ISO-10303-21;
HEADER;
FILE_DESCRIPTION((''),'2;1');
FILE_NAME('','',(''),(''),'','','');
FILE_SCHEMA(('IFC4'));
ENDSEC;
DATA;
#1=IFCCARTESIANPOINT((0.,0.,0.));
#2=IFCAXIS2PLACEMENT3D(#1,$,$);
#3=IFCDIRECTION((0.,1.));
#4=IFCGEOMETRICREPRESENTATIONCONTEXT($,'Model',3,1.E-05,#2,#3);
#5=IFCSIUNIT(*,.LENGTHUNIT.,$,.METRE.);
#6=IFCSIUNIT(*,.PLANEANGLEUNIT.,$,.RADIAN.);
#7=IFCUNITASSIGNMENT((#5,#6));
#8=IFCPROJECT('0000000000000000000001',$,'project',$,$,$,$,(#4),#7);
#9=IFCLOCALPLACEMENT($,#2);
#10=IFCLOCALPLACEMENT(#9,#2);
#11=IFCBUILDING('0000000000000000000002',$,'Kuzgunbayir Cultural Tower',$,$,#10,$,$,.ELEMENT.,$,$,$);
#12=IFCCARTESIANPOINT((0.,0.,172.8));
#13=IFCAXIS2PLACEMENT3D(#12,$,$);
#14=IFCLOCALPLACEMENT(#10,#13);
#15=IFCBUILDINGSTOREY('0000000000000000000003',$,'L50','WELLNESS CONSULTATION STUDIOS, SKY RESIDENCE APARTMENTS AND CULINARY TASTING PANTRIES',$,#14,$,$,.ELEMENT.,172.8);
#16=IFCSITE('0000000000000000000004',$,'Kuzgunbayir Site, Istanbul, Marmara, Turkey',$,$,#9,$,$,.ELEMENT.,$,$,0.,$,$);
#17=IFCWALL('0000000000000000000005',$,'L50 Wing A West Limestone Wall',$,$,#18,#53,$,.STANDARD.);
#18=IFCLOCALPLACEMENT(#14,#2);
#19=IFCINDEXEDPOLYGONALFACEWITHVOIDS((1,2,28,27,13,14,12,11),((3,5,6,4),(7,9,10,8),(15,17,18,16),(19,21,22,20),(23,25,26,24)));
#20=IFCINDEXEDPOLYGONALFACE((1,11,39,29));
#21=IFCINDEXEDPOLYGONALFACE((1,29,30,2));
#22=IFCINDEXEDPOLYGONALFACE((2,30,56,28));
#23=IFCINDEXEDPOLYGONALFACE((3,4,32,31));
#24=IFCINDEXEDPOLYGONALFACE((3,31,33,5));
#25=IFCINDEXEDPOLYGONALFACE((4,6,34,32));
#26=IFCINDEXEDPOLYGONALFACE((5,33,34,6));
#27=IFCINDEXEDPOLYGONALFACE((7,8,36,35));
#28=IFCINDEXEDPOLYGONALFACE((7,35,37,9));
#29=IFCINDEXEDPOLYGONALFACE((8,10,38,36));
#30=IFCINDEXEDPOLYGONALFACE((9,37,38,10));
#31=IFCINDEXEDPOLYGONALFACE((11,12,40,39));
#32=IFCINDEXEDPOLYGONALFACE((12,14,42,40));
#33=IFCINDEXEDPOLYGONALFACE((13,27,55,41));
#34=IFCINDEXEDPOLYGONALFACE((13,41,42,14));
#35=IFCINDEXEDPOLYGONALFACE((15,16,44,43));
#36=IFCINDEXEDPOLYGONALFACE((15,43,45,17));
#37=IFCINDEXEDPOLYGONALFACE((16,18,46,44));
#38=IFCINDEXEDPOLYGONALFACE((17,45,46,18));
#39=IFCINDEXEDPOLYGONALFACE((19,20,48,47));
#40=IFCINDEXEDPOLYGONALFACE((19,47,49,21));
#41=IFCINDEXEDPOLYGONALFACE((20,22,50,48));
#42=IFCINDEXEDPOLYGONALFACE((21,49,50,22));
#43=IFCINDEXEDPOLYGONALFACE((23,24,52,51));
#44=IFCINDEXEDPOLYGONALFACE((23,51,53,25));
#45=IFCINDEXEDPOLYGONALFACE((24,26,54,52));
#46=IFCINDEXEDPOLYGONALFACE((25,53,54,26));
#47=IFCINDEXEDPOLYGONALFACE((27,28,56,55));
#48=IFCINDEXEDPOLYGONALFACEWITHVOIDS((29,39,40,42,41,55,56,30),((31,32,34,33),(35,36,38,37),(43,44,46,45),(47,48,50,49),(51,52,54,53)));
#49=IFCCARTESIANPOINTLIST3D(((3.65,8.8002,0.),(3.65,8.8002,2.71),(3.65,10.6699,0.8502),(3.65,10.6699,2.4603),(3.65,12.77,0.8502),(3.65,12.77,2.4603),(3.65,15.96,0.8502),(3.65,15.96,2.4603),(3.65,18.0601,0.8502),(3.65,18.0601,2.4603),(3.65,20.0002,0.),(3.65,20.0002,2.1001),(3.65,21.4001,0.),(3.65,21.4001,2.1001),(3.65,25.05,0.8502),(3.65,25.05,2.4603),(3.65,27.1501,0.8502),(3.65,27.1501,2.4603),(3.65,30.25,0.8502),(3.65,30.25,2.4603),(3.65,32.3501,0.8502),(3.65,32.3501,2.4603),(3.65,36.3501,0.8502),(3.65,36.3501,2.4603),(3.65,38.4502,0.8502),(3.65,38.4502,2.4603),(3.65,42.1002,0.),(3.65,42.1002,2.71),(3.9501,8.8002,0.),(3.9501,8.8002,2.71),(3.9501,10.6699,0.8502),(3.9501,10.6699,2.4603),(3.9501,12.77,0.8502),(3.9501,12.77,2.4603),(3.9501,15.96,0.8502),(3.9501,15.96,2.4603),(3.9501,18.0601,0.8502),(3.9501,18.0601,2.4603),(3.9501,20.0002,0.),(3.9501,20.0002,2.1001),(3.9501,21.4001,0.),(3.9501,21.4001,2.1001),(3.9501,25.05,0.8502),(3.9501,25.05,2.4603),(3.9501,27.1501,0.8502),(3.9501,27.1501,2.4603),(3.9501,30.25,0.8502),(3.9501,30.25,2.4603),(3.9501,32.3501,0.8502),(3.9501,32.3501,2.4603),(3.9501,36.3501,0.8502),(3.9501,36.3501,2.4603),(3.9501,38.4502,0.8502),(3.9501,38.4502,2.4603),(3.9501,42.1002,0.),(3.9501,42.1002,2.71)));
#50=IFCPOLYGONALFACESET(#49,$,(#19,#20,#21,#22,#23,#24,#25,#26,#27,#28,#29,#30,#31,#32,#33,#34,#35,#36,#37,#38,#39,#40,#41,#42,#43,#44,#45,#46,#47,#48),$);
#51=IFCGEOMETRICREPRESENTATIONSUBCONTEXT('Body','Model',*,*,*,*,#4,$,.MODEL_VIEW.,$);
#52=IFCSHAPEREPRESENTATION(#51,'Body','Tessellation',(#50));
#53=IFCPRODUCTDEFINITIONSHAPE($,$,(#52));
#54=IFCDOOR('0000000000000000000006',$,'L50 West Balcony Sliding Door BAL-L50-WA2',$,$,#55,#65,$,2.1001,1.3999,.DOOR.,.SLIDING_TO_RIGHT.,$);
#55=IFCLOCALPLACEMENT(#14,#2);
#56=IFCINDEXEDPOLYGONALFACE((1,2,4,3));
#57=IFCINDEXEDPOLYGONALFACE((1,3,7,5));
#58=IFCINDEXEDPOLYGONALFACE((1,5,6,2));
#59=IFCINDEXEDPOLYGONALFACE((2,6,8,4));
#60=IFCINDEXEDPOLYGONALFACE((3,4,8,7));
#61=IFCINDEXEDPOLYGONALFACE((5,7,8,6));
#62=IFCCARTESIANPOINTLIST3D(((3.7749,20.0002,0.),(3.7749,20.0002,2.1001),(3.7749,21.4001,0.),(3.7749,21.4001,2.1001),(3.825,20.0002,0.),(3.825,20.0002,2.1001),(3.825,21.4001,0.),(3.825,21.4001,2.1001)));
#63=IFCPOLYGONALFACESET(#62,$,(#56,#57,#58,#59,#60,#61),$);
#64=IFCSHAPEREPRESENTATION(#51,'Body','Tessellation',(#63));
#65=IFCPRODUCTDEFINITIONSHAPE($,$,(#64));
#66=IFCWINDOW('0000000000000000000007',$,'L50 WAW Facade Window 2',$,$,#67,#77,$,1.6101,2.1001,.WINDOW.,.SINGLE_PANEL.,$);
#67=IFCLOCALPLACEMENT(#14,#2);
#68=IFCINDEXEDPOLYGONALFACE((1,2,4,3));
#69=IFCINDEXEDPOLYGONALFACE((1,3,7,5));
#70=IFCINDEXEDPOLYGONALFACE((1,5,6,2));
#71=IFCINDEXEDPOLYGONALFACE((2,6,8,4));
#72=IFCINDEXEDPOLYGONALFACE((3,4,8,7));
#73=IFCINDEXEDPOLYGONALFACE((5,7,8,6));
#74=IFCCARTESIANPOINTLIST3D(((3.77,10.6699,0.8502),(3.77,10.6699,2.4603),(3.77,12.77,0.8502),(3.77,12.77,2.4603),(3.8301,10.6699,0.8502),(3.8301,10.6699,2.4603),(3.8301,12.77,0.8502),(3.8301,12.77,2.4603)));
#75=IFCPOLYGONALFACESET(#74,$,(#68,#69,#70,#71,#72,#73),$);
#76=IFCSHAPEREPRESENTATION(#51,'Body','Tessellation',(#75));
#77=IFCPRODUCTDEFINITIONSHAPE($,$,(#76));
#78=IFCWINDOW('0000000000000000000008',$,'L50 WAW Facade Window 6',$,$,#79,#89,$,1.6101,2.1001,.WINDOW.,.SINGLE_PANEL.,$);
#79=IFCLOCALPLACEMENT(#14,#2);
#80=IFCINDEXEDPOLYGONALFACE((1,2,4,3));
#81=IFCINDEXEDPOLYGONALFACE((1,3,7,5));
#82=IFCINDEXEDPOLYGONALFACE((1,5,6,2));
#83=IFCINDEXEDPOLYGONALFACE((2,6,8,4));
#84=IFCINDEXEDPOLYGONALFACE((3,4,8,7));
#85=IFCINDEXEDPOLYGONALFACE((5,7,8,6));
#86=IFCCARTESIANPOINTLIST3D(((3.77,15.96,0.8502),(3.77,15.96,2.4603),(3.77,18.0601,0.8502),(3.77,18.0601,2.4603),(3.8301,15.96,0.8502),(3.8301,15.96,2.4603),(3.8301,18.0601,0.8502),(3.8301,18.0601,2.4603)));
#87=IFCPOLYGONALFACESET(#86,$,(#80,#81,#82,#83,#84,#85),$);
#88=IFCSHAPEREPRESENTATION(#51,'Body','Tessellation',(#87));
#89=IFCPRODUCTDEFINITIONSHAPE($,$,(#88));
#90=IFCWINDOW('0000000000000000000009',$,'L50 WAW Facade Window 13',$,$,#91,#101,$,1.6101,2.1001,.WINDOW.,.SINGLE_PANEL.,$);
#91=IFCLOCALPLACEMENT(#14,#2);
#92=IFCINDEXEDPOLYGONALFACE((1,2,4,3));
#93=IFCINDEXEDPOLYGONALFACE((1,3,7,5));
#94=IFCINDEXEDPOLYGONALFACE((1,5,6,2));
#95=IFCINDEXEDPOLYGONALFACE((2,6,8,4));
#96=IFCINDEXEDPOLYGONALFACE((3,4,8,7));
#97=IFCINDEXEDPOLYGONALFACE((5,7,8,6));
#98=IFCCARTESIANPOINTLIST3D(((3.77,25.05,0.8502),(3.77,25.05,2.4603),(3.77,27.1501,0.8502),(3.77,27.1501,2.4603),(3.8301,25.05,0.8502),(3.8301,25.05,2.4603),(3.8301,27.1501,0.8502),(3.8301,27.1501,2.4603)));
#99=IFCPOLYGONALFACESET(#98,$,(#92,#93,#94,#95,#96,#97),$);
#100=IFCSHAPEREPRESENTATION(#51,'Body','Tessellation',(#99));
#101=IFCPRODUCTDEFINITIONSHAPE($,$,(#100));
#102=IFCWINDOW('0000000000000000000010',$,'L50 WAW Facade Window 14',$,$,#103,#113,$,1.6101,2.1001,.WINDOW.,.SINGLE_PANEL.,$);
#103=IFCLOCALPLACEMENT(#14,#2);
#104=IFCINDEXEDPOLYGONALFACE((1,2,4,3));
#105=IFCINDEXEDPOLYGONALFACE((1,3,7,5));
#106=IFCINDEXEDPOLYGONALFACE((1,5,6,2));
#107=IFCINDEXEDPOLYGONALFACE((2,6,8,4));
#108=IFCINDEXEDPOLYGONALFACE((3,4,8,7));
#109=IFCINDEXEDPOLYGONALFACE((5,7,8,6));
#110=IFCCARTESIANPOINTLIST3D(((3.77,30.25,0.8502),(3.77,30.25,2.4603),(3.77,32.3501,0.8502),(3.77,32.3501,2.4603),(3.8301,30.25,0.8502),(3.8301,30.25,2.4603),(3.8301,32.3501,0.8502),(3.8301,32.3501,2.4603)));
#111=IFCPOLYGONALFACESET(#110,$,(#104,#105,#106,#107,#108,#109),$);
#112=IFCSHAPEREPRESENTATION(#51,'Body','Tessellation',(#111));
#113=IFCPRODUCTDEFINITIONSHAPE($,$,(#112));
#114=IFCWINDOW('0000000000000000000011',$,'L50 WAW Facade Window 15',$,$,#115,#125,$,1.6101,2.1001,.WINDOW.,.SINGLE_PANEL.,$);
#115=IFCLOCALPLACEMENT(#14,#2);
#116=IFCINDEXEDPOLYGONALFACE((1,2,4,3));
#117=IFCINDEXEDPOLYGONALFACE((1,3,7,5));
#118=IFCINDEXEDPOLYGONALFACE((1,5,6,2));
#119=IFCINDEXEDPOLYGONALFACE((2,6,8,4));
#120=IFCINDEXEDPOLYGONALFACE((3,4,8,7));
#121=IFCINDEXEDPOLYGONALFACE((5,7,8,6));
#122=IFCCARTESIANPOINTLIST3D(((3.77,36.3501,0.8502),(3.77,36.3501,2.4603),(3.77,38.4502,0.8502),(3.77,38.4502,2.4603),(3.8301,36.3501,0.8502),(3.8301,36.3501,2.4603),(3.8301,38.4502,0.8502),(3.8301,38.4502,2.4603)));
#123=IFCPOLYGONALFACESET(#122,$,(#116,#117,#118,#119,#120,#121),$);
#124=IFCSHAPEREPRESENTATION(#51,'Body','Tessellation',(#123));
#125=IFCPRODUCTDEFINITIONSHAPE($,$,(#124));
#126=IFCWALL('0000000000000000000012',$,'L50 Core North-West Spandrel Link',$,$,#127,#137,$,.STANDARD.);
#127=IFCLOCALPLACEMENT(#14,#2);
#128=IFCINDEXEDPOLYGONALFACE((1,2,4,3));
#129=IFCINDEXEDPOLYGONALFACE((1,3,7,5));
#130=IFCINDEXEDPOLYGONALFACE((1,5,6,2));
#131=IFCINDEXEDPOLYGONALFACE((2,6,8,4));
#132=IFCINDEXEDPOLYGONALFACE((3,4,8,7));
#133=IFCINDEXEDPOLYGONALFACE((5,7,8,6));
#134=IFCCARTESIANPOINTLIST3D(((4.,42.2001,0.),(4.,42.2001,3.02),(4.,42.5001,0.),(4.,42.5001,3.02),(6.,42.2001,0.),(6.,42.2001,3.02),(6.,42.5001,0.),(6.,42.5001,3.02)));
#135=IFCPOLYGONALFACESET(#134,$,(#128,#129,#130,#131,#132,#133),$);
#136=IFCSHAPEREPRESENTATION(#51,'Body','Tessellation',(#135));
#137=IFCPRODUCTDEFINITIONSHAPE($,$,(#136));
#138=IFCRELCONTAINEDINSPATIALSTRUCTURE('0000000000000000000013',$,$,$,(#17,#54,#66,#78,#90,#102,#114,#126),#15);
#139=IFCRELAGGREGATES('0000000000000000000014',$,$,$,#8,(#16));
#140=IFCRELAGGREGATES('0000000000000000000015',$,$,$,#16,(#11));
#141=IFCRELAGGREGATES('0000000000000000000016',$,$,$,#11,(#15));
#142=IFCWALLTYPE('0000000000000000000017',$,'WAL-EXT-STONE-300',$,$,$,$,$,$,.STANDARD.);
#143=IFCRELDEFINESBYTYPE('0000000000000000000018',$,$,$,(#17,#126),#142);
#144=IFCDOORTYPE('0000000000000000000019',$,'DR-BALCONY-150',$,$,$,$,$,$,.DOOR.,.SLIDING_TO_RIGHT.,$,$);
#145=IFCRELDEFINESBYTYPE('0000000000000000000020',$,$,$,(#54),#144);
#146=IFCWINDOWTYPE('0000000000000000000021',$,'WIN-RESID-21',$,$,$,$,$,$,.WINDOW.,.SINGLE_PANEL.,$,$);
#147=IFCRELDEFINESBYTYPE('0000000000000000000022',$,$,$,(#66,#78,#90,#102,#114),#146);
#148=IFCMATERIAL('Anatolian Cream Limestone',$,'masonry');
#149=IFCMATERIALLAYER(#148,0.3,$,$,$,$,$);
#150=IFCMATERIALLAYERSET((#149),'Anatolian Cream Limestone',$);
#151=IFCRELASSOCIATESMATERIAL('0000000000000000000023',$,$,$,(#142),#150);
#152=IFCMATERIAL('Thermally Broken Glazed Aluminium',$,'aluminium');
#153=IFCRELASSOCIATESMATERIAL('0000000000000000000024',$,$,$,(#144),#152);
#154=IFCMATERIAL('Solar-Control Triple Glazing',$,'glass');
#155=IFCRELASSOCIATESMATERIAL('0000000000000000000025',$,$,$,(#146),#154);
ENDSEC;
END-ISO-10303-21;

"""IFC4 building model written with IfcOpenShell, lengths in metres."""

from ifc_helpers import new_model, si_unit, direction, frame, frame_2d, origin, place, context, subcontext, project, spatial, rectangle, extrude, material, layer, layer_set, type_object, element, fill, save


model = new_model("IFC4")

# Units and contexts
model_context = context("Model", 3, precision=1e-05, world=origin(), true_north=direction((0.0, 1.0)))
body_context = subcontext(model_context, "Body", "Model", "MODEL_VIEW")
ifc_project = project(units=[si_unit("LENGTHUNIT", "METRE"), si_unit("PLANEANGLEUNIT", "RADIAN")], contexts=[model_context])

# Site, building, storey
site_placement = place(None, origin())
site = spatial("IfcSite", under=ifc_project, at=site_placement, Name="Kuzgunbayir Site, Istanbul, Marmara, Turkey", CompositionType="ELEMENT", RefElevation=0.0)
building_placement = place(site_placement, origin())
building = spatial("IfcBuilding", under=site, at=building_placement, Name="Kuzgunbayir Cultural Tower", CompositionType="ELEMENT")
storey_placement = place(building_placement, frame((0.0, 0.0, 172.8)))
storey = spatial("IfcBuildingStorey", under=building, at=storey_placement, Name="L50", Description="WELLNESS CONSULTATION STUDIOS, SKY RESIDENCE APARTMENTS AND CULINARY TASTING PANTRIES", CompositionType="ELEMENT", Elevation=172.8)

# Wall, openings, door, windows
ifc_material_1 = material(Name="Anatolian Cream Limestone", Category="masonry")
ifc_layer_1 = layer(ifc_material_1, 0.3)
ifc_layer_set_1 = layer_set([ifc_layer_1], Name="Anatolian Cream Limestone")
wall_type_1 = type_object("IfcWallType", Name="WAL-EXT-STONE-300", PredefinedType="STANDARD", material=ifc_layer_set_1)
wall_1_placement = place(storey_placement, frame((3.8, 42.1001, 0.0), z_axis=(0.0, 0.0, 1.0), x_axis=(0.0, -1.0, 0.0)))
wall_1 = element("IfcWall", 1, at=wall_1_placement, inside=storey, type_object=wall_type_1, Name="L50 Wing A West Limestone Wall", PredefinedType="STANDARD", context=body_context, shape_type="SweptSolid", body=[
    extrude(rectangle(XDim=33.3, YDim=0.3, at=frame_2d((16.6499, 0.0))), origin(), (0.0, 0.0, 1.0), 2.71),
])
opening_1_placement = place(wall_1_placement, frame((20.7, 0.0, 0.0)))
opening_1 = element("IfcOpeningElement", 2, at=opening_1_placement, cuts=wall_1, PredefinedType="OPENING", context=body_context, shape_type="SweptSolid", body=[
    extrude(rectangle(XDim=1.3999, YDim=2.1001, at=frame_2d((0.7, 1.05))), frame((0.0, 0.1602, 0.0), z_axis=(0.0, -1.0, 0.0), x_axis=(1.0, 0.0, 0.0)), (0.0, 0.0, 1.0), 0.3201),
])
opening_2_placement = place(wall_1_placement, frame((29.3301, 0.0, 0.8501)))
opening_2 = element("IfcOpeningElement", 3, at=opening_2_placement, cuts=wall_1, PredefinedType="OPENING", context=body_context, shape_type="SweptSolid", body=[
    extrude(rectangle(XDim=2.1001, YDim=1.6101, at=frame_2d((1.05, 0.8052))), frame((0.0, 0.1602, 0.0), z_axis=(0.0, -1.0, 0.0), x_axis=(1.0, 0.0, 0.0)), (0.0, 0.0, 1.0), 0.3201),
])
opening_3_placement = place(wall_1_placement, frame((24.04, 0.0, 0.8501)))
opening_3 = element("IfcOpeningElement", 4, at=opening_3_placement, cuts=wall_1, PredefinedType="OPENING", context=body_context, shape_type="SweptSolid", body=[
    extrude(rectangle(XDim=2.1001, YDim=1.6101, at=frame_2d((1.05, 0.8052))), frame((0.0, 0.1602, 0.0), z_axis=(0.0, -1.0, 0.0), x_axis=(1.0, 0.0, 0.0)), (0.0, 0.0, 1.0), 0.3201),
])
opening_4_placement = place(wall_1_placement, frame((14.95, 0.0, 0.8501)))
opening_4 = element("IfcOpeningElement", 5, at=opening_4_placement, cuts=wall_1, PredefinedType="OPENING", context=body_context, shape_type="SweptSolid", body=[
    extrude(rectangle(XDim=2.1001, YDim=1.6101, at=frame_2d((1.05, 0.8052))), frame((0.0, 0.1602, 0.0), z_axis=(0.0, -1.0, 0.0), x_axis=(1.0, 0.0, 0.0)), (0.0, 0.0, 1.0), 0.3201),
])
opening_5_placement = place(wall_1_placement, frame((9.75, 0.0, 0.8501)))
opening_5 = element("IfcOpeningElement", 6, at=opening_5_placement, cuts=wall_1, PredefinedType="OPENING", context=body_context, shape_type="SweptSolid", body=[
    extrude(rectangle(XDim=2.1001, YDim=1.6101, at=frame_2d((1.05, 0.8052))), frame((0.0, 0.1602, 0.0), z_axis=(0.0, -1.0, 0.0), x_axis=(1.0, 0.0, 0.0)), (0.0, 0.0, 1.0), 0.3201),
])
opening_6_placement = place(wall_1_placement, frame((3.6499, 0.0, 0.8501)))
opening_6 = element("IfcOpeningElement", 7, at=opening_6_placement, cuts=wall_1, PredefinedType="OPENING", context=body_context, shape_type="SweptSolid", body=[
    extrude(rectangle(XDim=2.1001, YDim=1.6101, at=frame_2d((1.05, 0.8052))), frame((0.0, 0.1602, 0.0), z_axis=(0.0, -1.0, 0.0), x_axis=(1.0, 0.0, 0.0)), (0.0, 0.0, 1.0), 0.3201),
])
ifc_material_2 = material(Name="Thermally Broken Glazed Aluminium", Category="aluminium")
door_type_1 = type_object("IfcDoorType", Name="DR-BALCONY-150", OperationType="SLIDING_TO_RIGHT", PredefinedType="DOOR", material=ifc_material_2)
door_1_placement = place(opening_1_placement, origin())
door_1 = element("IfcDoor", 8, at=door_1_placement, inside=storey, type_object=door_type_1, Name="L50 West Balcony Sliding Door BAL-L50-WA2", OperationType="SLIDING_TO_RIGHT", OverallHeight=2.1001, OverallWidth=1.3999, PredefinedType="DOOR", context=body_context, shape_type="SweptSolid", body=[
    extrude(rectangle(XDim=1.3999, YDim=2.1001, at=frame_2d((0.7, 1.05))), frame((0.0, 0.0249, 0.0), z_axis=(0.0, -1.0, 0.0), x_axis=(1.0, 0.0, 0.0)), (0.0, 0.0, 1.0), 0.05),
])
fill(opening_1, door_1)
ifc_material_3 = material(Name="Solar-Control Triple Glazing", Category="glass")
window_type = type_object("IfcWindowType", Name="WIN-RESID-21", PartitioningType="SINGLE_PANEL", PredefinedType="WINDOW", material=ifc_material_3)
window_1_placement = place(opening_2_placement, origin())
window_1 = element("IfcWindow", 9, at=window_1_placement, inside=storey, type_object=window_type, Name="L50 WAW Facade Window 2", OverallHeight=1.6101, OverallWidth=2.1001, PartitioningType="SINGLE_PANEL", PredefinedType="WINDOW", context=body_context, shape_type="SweptSolid", body=[
    extrude(rectangle(XDim=2.1001, YDim=1.6101, at=frame_2d((1.05, 0.8052))), frame((0.0, 0.03, 0.0), z_axis=(0.0, -1.0, 0.0), x_axis=(1.0, 0.0, 0.0)), (0.0, 0.0, 1.0), 0.0601),
])
fill(opening_2, window_1)
window_2_placement = place(opening_3_placement, origin())
window_2 = element("IfcWindow", 10, at=window_2_placement, inside=storey, type_object=window_type, Name="L50 WAW Facade Window 6", OverallHeight=1.6101, OverallWidth=2.1001, PartitioningType="SINGLE_PANEL", PredefinedType="WINDOW", context=body_context, shape_type="SweptSolid", body=[
    extrude(rectangle(XDim=2.1001, YDim=1.6101, at=frame_2d((1.05, 0.8052))), frame((0.0, 0.03, 0.0), z_axis=(0.0, -1.0, 0.0), x_axis=(1.0, 0.0, 0.0)), (0.0, 0.0, 1.0), 0.0601),
])
fill(opening_3, window_2)
window_3_placement = place(opening_4_placement, origin())
window_3 = element("IfcWindow", 11, at=window_3_placement, inside=storey, type_object=window_type, Name="L50 WAW Facade Window 13", OverallHeight=1.6101, OverallWidth=2.1001, PartitioningType="SINGLE_PANEL", PredefinedType="WINDOW", context=body_context, shape_type="SweptSolid", body=[
    extrude(rectangle(XDim=2.1001, YDim=1.6101, at=frame_2d((1.05, 0.8052))), frame((0.0, 0.03, 0.0), z_axis=(0.0, -1.0, 0.0), x_axis=(1.0, 0.0, 0.0)), (0.0, 0.0, 1.0), 0.0601),
])
fill(opening_4, window_3)
window_4_placement = place(opening_5_placement, origin())
window_4 = element("IfcWindow", 12, at=window_4_placement, inside=storey, type_object=window_type, Name="L50 WAW Facade Window 14", OverallHeight=1.6101, OverallWidth=2.1001, PartitioningType="SINGLE_PANEL", PredefinedType="WINDOW", context=body_context, shape_type="SweptSolid", body=[
    extrude(rectangle(XDim=2.1001, YDim=1.6101, at=frame_2d((1.05, 0.8052))), frame((0.0, 0.03, 0.0), z_axis=(0.0, -1.0, 0.0), x_axis=(1.0, 0.0, 0.0)), (0.0, 0.0, 1.0), 0.0601),
])
fill(opening_5, window_4)
window_5_placement = place(opening_6_placement, origin())
window_5 = element("IfcWindow", 13, at=window_5_placement, inside=storey, type_object=window_type, Name="L50 WAW Facade Window 15", OverallHeight=1.6101, OverallWidth=2.1001, PartitioningType="SINGLE_PANEL", PredefinedType="WINDOW", context=body_context, shape_type="SweptSolid", body=[
    extrude(rectangle(XDim=2.1001, YDim=1.6101, at=frame_2d((1.05, 0.8052))), frame((0.0, 0.03, 0.0), z_axis=(0.0, -1.0, 0.0), x_axis=(1.0, 0.0, 0.0)), (0.0, 0.0, 1.0), 0.0601),
])
fill(opening_6, window_5)

# Wall
wall_2_placement = place(storey_placement, frame((6.0, 42.3501, 0.0), z_axis=(0.0, 0.0, 1.0), x_axis=(-1.0, 0.0, 0.0)))
element("IfcWall", 14, at=wall_2_placement, inside=storey, type_object=wall_type_1, Name="L50 Core North-West Spandrel Link", PredefinedType="STANDARD", context=body_context, shape_type="SweptSolid", body=[
    extrude(rectangle(XDim=2.0, YDim=0.3, at=frame_2d((1.0, 0.0))), origin(), (0.0, 0.0, 1.0), 3.02),
])

save(model, "model.ifc")
